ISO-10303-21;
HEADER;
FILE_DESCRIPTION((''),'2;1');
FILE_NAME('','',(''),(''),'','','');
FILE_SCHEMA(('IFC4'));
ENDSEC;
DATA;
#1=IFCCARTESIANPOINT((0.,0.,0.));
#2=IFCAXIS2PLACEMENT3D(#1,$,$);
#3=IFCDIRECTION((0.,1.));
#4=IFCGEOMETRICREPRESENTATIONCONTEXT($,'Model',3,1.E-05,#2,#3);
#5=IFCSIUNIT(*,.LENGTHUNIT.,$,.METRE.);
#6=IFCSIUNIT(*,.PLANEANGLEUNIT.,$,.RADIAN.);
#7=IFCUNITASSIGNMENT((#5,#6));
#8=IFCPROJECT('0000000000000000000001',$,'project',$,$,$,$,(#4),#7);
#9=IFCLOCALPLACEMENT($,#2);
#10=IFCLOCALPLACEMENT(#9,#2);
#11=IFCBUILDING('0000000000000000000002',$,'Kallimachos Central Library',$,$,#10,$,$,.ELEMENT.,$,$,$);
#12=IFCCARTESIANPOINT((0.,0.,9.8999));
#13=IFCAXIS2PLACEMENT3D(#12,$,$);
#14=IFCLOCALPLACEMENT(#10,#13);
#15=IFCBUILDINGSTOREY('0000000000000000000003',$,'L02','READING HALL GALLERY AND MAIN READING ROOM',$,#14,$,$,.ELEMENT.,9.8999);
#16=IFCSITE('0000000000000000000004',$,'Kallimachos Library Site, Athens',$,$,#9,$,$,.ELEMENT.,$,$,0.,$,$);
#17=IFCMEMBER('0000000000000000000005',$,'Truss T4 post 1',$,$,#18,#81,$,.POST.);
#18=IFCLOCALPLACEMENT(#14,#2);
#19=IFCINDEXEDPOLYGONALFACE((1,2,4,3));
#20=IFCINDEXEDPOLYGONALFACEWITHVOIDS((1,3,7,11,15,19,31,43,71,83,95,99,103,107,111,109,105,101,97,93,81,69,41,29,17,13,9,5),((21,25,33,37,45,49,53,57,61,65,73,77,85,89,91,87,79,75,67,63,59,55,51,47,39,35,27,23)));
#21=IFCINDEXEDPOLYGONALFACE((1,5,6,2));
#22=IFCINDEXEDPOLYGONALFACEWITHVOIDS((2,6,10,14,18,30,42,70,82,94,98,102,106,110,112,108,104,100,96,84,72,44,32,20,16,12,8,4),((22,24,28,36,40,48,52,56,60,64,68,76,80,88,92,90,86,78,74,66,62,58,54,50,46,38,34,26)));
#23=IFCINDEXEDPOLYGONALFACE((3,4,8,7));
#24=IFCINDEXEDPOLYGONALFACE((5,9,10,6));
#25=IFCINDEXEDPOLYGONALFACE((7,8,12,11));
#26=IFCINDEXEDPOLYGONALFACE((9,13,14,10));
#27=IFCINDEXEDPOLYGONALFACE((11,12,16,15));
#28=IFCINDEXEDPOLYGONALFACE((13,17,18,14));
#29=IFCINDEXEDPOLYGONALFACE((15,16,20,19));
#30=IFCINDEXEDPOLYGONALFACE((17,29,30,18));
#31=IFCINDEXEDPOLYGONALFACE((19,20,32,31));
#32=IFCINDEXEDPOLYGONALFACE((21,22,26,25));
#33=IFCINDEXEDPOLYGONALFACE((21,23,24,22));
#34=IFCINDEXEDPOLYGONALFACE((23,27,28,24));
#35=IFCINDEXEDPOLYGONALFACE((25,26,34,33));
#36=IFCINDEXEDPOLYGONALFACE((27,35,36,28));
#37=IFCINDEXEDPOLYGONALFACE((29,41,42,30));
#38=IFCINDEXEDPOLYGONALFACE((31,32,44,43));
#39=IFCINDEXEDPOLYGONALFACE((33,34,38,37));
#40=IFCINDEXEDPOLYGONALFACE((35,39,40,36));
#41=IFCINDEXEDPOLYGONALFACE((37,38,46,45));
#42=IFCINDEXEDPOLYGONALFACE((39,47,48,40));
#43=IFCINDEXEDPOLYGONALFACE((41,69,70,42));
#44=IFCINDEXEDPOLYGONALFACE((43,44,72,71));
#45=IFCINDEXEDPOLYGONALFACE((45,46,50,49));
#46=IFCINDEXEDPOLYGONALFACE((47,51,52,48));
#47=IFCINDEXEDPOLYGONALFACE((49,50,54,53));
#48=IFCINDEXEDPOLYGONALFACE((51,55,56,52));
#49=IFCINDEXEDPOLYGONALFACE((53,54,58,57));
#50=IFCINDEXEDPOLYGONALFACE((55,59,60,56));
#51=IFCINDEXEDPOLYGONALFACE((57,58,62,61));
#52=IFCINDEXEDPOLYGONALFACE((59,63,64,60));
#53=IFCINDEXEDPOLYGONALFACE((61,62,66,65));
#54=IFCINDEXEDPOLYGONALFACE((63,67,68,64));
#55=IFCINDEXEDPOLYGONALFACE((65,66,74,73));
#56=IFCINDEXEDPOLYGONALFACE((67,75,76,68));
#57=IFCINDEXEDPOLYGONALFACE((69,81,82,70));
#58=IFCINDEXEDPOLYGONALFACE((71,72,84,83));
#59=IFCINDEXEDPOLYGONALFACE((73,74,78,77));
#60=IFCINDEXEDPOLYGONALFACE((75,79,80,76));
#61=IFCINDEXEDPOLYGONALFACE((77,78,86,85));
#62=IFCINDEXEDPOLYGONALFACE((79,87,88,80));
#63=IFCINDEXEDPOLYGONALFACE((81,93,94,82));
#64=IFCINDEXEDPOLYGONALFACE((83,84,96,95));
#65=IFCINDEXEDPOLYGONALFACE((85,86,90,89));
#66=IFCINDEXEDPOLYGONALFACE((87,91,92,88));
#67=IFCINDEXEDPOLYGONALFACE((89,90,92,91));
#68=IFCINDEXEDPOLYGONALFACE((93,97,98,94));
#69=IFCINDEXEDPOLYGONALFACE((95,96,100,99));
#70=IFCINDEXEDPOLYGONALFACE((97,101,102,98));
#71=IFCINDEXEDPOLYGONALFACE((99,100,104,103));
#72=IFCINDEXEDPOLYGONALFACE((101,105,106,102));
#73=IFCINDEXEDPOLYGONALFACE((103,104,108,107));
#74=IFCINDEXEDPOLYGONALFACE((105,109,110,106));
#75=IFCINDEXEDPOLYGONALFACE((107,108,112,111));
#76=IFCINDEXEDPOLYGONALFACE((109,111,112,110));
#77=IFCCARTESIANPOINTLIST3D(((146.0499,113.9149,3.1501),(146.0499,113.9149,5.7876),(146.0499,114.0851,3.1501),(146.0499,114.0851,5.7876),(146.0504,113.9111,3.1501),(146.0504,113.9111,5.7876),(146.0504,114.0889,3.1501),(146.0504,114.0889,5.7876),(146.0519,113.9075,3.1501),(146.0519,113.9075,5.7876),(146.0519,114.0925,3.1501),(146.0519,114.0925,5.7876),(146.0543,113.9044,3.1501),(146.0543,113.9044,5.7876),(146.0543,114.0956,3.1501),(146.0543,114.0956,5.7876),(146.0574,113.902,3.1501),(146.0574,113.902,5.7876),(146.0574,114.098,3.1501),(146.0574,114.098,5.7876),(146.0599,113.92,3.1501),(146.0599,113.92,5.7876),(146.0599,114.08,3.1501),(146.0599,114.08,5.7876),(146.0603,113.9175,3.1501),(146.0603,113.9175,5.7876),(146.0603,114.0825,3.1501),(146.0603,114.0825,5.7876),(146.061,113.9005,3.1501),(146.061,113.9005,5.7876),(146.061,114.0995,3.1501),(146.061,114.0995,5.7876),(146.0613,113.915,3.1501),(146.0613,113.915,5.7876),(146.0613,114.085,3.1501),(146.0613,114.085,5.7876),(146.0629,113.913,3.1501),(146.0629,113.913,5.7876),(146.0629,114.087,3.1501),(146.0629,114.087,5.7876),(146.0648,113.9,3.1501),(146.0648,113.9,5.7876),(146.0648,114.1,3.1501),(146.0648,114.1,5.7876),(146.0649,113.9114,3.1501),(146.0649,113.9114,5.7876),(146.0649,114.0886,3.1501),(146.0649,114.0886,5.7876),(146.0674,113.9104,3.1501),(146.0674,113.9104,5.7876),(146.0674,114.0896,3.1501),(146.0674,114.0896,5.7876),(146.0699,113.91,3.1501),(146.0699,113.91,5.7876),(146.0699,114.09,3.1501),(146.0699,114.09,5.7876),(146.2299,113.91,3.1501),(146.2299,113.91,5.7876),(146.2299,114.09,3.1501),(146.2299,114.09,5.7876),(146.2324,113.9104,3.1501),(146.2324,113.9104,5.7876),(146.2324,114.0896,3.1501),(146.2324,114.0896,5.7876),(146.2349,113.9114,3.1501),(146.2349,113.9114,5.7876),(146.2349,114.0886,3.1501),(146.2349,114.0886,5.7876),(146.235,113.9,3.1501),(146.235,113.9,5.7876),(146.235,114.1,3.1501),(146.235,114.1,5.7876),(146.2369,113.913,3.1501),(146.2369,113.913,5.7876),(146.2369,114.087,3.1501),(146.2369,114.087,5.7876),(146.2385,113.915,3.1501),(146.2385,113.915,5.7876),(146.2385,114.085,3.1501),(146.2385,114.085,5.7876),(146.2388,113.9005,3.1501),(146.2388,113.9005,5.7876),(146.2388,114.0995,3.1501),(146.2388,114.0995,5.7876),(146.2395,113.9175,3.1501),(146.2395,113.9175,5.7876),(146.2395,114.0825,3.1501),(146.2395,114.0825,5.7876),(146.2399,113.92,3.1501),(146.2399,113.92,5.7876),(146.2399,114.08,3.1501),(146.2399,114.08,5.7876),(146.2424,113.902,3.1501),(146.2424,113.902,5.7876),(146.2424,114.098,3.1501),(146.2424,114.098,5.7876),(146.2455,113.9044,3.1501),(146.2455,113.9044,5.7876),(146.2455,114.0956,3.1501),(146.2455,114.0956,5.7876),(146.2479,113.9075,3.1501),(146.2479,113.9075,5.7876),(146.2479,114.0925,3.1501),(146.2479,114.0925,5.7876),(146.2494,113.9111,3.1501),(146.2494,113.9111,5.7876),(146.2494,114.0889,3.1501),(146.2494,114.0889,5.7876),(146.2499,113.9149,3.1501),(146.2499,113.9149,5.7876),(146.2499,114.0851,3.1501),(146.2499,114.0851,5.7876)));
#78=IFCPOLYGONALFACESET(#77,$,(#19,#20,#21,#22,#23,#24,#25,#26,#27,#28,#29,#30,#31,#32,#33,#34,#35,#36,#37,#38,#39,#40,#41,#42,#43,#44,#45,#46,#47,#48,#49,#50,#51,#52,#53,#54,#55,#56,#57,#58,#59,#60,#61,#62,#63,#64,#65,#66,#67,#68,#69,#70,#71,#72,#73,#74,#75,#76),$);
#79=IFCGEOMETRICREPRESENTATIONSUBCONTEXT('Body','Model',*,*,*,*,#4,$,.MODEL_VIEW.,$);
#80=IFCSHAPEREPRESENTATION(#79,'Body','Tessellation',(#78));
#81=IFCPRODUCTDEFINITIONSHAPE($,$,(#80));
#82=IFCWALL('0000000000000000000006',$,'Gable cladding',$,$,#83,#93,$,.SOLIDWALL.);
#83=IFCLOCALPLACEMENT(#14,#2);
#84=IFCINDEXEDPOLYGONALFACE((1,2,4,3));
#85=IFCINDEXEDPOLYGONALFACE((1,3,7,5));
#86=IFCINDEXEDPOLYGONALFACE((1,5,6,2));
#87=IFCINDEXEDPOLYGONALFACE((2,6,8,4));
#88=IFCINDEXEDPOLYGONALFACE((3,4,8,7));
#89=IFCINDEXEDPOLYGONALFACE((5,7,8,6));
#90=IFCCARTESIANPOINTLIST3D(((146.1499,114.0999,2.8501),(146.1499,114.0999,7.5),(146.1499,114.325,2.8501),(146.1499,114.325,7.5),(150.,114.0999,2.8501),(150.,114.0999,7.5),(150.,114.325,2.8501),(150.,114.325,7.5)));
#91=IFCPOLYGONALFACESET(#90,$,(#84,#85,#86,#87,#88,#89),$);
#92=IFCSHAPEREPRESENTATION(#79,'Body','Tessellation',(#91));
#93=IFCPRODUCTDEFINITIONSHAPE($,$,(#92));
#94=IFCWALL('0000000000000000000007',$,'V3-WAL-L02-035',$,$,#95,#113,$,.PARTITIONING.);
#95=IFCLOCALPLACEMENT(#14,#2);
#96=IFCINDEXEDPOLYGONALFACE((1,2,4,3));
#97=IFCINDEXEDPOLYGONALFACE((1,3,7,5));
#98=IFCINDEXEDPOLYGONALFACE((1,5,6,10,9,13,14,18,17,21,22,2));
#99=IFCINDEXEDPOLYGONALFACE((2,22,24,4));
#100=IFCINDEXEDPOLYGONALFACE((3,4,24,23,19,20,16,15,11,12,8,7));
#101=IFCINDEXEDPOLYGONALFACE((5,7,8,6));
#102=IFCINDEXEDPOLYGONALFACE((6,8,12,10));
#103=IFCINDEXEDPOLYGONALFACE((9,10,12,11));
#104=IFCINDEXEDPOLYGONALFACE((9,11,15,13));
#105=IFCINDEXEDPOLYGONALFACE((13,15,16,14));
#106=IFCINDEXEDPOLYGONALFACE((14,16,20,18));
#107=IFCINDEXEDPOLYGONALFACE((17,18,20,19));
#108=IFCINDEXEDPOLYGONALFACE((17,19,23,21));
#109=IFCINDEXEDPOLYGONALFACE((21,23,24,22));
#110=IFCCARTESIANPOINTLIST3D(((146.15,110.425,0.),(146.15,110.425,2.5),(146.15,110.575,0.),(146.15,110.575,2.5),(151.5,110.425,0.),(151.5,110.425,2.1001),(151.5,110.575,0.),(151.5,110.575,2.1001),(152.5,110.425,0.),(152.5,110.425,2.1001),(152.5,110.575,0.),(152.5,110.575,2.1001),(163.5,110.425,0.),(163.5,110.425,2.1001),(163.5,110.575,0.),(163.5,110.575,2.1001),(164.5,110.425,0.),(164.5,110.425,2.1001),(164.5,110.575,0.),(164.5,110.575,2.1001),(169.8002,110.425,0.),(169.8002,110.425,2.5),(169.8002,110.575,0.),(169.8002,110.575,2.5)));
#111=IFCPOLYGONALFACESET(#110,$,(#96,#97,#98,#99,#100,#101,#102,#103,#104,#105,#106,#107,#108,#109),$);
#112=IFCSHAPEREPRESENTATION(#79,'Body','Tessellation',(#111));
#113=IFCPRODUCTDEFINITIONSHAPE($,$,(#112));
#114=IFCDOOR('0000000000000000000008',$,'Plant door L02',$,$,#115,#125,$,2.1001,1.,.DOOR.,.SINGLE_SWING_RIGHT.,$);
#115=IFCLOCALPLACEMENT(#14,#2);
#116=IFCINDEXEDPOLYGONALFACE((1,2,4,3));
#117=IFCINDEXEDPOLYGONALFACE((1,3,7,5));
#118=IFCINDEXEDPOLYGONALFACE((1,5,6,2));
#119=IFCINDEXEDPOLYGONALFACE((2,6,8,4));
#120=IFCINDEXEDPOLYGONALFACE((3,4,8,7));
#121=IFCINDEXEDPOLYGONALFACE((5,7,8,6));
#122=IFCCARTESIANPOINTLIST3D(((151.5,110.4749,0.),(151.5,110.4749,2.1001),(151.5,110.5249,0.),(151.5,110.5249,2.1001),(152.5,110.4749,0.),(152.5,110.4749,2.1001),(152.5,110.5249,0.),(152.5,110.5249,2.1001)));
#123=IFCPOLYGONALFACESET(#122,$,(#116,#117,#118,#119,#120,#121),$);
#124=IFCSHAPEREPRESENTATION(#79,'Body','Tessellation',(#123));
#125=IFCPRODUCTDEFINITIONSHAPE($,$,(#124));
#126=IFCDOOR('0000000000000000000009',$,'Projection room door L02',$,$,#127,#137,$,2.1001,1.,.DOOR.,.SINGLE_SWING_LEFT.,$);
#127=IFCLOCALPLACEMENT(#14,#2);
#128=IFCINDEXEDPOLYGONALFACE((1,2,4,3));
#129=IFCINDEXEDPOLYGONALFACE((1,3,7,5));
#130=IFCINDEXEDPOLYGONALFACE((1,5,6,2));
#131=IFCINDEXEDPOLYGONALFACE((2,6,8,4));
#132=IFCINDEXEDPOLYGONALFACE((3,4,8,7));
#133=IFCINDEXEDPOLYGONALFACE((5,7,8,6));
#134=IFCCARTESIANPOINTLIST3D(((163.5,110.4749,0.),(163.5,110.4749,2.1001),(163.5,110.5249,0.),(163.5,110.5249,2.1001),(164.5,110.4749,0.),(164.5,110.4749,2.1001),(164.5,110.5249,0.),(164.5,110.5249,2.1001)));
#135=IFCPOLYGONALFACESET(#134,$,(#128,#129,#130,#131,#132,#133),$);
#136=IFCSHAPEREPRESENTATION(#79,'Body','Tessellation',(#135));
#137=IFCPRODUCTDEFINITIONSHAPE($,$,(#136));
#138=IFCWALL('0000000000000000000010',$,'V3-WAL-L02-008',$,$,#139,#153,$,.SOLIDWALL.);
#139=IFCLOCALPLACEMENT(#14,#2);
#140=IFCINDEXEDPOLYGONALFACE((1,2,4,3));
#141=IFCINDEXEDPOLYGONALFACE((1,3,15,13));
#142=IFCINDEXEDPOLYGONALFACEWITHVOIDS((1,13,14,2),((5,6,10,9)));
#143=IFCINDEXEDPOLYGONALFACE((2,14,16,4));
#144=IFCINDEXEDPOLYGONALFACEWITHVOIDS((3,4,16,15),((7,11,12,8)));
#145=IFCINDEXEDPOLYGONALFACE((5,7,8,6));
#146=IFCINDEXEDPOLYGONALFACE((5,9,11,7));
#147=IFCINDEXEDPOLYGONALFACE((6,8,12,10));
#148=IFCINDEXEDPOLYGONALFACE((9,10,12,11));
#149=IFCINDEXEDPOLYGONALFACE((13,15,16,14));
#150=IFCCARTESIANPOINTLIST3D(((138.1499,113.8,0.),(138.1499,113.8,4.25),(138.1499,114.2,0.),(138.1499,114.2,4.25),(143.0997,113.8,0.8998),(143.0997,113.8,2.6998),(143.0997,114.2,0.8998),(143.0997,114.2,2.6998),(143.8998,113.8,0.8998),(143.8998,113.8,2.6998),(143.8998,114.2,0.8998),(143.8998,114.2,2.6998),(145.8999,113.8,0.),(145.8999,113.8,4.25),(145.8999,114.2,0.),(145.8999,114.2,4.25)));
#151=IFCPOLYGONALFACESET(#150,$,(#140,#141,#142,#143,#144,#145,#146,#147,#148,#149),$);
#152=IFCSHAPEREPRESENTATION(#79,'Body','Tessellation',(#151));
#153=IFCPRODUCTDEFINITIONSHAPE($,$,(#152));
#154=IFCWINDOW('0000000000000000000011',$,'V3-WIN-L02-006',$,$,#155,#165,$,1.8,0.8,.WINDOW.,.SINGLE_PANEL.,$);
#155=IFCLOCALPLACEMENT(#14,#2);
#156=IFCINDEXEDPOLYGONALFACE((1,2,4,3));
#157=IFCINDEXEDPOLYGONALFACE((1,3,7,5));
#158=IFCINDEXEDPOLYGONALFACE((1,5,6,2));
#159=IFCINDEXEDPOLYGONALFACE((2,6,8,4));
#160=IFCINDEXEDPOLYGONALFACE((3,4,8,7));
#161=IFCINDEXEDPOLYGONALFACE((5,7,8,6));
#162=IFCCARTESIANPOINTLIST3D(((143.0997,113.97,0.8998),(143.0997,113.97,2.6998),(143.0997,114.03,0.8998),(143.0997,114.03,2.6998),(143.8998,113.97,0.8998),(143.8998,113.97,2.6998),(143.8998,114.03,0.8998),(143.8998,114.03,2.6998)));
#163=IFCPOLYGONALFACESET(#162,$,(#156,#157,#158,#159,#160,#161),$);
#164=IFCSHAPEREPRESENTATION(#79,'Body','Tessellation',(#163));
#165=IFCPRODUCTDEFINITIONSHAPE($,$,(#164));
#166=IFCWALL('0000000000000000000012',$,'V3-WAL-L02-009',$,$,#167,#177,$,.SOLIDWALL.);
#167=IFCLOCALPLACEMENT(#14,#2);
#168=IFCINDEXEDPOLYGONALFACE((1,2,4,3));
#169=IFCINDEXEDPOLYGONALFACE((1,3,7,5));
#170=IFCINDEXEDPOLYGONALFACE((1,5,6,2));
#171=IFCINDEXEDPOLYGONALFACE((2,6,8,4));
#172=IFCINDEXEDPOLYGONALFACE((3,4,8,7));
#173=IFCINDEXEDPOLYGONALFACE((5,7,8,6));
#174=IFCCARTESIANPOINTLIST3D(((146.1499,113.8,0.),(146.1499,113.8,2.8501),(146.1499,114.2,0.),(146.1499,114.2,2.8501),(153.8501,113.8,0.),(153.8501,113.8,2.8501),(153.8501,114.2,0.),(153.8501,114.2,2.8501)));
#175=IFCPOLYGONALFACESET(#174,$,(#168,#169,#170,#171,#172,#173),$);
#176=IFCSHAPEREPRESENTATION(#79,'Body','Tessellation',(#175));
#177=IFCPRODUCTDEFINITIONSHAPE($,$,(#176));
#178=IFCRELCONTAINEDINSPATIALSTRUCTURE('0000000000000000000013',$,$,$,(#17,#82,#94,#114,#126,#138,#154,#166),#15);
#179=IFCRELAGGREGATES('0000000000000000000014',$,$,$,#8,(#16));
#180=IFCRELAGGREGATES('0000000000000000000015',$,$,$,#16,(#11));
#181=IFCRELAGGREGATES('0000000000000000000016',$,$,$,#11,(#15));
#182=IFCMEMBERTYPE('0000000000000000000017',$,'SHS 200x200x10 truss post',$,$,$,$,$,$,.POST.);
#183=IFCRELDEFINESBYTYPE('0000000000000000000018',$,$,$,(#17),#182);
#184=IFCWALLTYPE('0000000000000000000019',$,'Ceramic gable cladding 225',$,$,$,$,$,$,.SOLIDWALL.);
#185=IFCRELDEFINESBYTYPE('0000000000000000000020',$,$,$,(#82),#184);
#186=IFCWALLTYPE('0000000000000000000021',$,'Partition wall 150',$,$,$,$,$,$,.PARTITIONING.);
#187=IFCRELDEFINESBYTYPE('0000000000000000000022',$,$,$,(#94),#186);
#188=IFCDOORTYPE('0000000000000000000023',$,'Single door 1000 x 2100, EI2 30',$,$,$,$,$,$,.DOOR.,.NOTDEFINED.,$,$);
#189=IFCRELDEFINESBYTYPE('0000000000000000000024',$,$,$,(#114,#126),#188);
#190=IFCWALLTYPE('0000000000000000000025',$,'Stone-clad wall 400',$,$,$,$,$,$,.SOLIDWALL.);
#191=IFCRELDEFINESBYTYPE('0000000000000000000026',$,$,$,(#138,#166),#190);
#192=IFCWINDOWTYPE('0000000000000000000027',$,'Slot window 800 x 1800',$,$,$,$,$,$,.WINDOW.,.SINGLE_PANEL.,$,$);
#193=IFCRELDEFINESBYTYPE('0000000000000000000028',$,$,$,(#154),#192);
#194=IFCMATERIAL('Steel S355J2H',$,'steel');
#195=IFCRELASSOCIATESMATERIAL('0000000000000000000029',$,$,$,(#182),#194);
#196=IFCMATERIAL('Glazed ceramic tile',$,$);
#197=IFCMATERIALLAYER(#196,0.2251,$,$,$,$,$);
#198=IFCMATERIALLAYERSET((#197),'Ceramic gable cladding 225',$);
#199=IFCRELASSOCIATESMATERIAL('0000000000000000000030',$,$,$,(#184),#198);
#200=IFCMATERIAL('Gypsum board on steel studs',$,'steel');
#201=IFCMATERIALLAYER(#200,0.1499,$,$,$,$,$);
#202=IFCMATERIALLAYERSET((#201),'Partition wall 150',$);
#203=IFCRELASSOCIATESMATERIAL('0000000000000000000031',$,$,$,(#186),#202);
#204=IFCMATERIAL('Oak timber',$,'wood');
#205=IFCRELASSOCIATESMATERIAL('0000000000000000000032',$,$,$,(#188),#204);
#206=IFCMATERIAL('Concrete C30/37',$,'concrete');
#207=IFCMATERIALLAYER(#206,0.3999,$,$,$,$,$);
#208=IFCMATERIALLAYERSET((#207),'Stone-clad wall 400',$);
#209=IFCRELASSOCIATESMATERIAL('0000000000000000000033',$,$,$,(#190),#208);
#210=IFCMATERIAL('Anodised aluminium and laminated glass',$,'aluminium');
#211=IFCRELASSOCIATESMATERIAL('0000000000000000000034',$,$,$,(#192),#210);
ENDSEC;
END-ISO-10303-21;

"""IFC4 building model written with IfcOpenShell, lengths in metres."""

from ifc_helpers import new_model, si_unit, direction, frame, frame_2d, origin, origin_2d, place, context, subcontext, project, spatial, rectangle, hollow_rectangle, extrude, material, layer, layer_set, material_profile, profile_set, type_object, element, fill, save


model = new_model("IFC4")

# Units and contexts
model_context = context("Model", 3, precision=1e-05, world=origin(), true_north=direction((0.0, 1.0)))
body_context = subcontext(model_context, "Body", "Model", "MODEL_VIEW")
ifc_project = project(units=[si_unit("LENGTHUNIT", "METRE"), si_unit("PLANEANGLEUNIT", "RADIAN")], contexts=[model_context])

# Site, building, storey
site_placement = place(None, origin())
site = spatial("IfcSite", under=ifc_project, at=site_placement, Name="Kallimachos Library Site, Athens", CompositionType="ELEMENT", RefElevation=0.0)
building_placement = place(site_placement, origin())
building = spatial("IfcBuilding", under=site, at=building_placement, Name="Kallimachos Central Library", CompositionType="ELEMENT")
storey_placement = place(building_placement, frame((0.0, 0.0, 9.8999)))
storey = spatial("IfcBuildingStorey", under=building, at=storey_placement, Name="L02", Description="READING HALL GALLERY AND MAIN READING ROOM", CompositionType="ELEMENT", Elevation=9.8999)

# Member
ifc_material_1 = material(Name="Steel S355J2H", Category="steel")
ifc_material_profile_1 = material_profile(ifc_material_1, hollow_rectangle(XDim=0.2, YDim=0.2, WallThickness=0.01, InnerFilletRadius=0.01, OuterFilletRadius=0.0149, at=origin_2d()), Name="SHS 200x200x10")
ifc_profile_set_1 = profile_set([ifc_material_profile_1], Name="Steel S355J2H")
member_type_1 = type_object("IfcMemberType", Name="SHS 200x200x10 truss post", PredefinedType="POST", material=ifc_profile_set_1)
member_1_placement = place(storey_placement, frame((146.1499, 114.0, 3.1501), z_axis=(0.0, 0.0, 1.0), x_axis=(1.0, 0.0, 0.0)))
element("IfcMember", 1, at=member_1_placement, inside=storey, type_object=member_type_1, Name="Truss T4 post 1", PredefinedType="POST", context=body_context, shape_type="SweptSolid", body=[
    extrude(hollow_rectangle(XDim=0.2, YDim=0.2, WallThickness=0.01, InnerFilletRadius=0.01, OuterFilletRadius=0.0149, at=origin_2d()), origin(), (0.0, 0.0, 1.0), 2.6375),
])

# Wall
ifc_material_2 = material(Name="Glazed ceramic tile")
ifc_layer_1 = layer(ifc_material_2, 0.2251)
ifc_layer_set_1 = layer_set([ifc_layer_1], Name="Ceramic gable cladding 225")
wall_type_1 = type_object("IfcWallType", Name="Ceramic gable cladding 225", PredefinedType="SOLIDWALL", material=ifc_layer_set_1)
wall_1_placement = place(storey_placement, frame((146.1499, 114.2124, 2.8501), z_axis=(0.0, 0.0, 1.0), x_axis=(1.0, 0.0, 0.0)))
element("IfcWall", 2, at=wall_1_placement, inside=storey, type_object=wall_type_1, Name="Gable cladding", PredefinedType="SOLIDWALL", context=body_context, shape_type="SweptSolid", body=[
    extrude(rectangle(XDim=3.8501, YDim=0.2251, at=frame_2d((1.925, 0.0))), origin(), (0.0, 0.0, 1.0), 4.6499),
])

# Wall, openings, doors
ifc_material_3 = material(Name="Gypsum board on steel studs", Category="steel")
ifc_layer_2 = layer(ifc_material_3, 0.1499)
ifc_layer_set_2 = layer_set([ifc_layer_2], Name="Partition wall 150")
wall_type_2 = type_object("IfcWallType", Name="Partition wall 150", PredefinedType="PARTITIONING", material=ifc_layer_set_2)
wall_2_placement = place(storey_placement, frame((146.1499, 110.5, 0.0), z_axis=(0.0, 0.0, 1.0), x_axis=(1.0, 0.0, 0.0)))
wall_2 = element("IfcWall", 3, at=wall_2_placement, inside=storey, type_object=wall_type_2, Name="V3-WAL-L02-035", PredefinedType="PARTITIONING", context=body_context, shape_type="SweptSolid", body=[
    extrude(rectangle(XDim=23.6501, YDim=0.1499, at=frame_2d((11.8252, 0.0))), origin(), (0.0, 0.0, 1.0), 2.5),
])
opening_1_placement = place(wall_2_placement, frame((5.3501, 0.0, 0.0)))
opening_1 = element("IfcOpeningElement", 4, at=opening_1_placement, cuts=wall_2, PredefinedType="OPENING", context=body_context, shape_type="SweptSolid", body=[
    extrude(rectangle(XDim=1.0, YDim=2.1001, at=frame_2d((0.5, 1.05))), frame((0.0, 0.085, 0.0), z_axis=(0.0, -1.0, 0.0), x_axis=(1.0, 0.0, 0.0)), (0.0, 0.0, 1.0), 0.1699),
])
opening_2_placement = place(wall_2_placement, frame((17.3501, 0.0, 0.0)))
opening_2 = element("IfcOpeningElement", 5, at=opening_2_placement, cuts=wall_2, PredefinedType="OPENING", context=body_context, shape_type="SweptSolid", body=[
    extrude(rectangle(XDim=1.0, YDim=2.1001, at=frame_2d((0.5, 1.05))), frame((0.0, 0.085, 0.0), z_axis=(0.0, -1.0, 0.0), x_axis=(1.0, 0.0, 0.0)), (0.0, 0.0, 1.0), 0.1699),
])
ifc_material_4 = material(Name="Oak timber", Category="wood")
door_type = type_object("IfcDoorType", Name="Single door 1000 x 2100, EI2 30", OperationType="NOTDEFINED", PredefinedType="DOOR", material=ifc_material_4)
door_1_placement = place(opening_1_placement, origin())
door_1 = element("IfcDoor", 6, at=door_1_placement, inside=storey, type_object=door_type, Name="Plant door L02", OperationType="SINGLE_SWING_RIGHT", OverallHeight=2.1001, OverallWidth=1.0, PredefinedType="DOOR", context=body_context, shape_type="SweptSolid", body=[
    extrude(rectangle(XDim=1.0, YDim=2.1001, at=frame_2d((0.5, 1.05))), frame((0.0, 0.0249, 0.0), z_axis=(0.0, -1.0, 0.0), x_axis=(1.0, 0.0, 0.0)), (0.0, 0.0, 1.0), 0.05),
])
fill(opening_1, door_1)
door_2_placement = place(opening_2_placement, origin())
door_2 = element("IfcDoor", 7, at=door_2_placement, inside=storey, type_object=door_type, Name="Projection room door L02", OperationType="SINGLE_SWING_LEFT", OverallHeight=2.1001, OverallWidth=1.0, PredefinedType="DOOR", context=body_context, shape_type="SweptSolid", body=[
    extrude(rectangle(XDim=1.0, YDim=2.1001, at=frame_2d((0.5, 1.05))), frame((0.0, 0.0249, 0.0), z_axis=(0.0, -1.0, 0.0), x_axis=(1.0, 0.0, 0.0)), (0.0, 0.0, 1.0), 0.05),
])
fill(opening_2, door_2)

# Wall, opening, window
ifc_material_5 = material(Name="Concrete C30/37", Category="concrete")
ifc_layer_3 = layer(ifc_material_5, 0.3999)
ifc_layer_set_3 = layer_set([ifc_layer_3], Name="Stone-clad wall 400")
wall_type_3 = type_object("IfcWallType", Name="Stone-clad wall 400", PredefinedType="SOLIDWALL", material=ifc_layer_set_3)
wall_3_placement = place(storey_placement, frame((138.1499, 114.0, 0.0), z_axis=(0.0, 0.0, 1.0), x_axis=(1.0, 0.0, 0.0)))
wall_3 = element("IfcWall", 8, at=wall_3_placement, inside=storey, type_object=wall_type_3, Name="V3-WAL-L02-008", PredefinedType="SOLIDWALL", context=body_context, shape_type="SweptSolid", body=[
    extrude(rectangle(XDim=7.75, YDim=0.3999, at=frame_2d((3.875, 0.0))), origin(), (0.0, 0.0, 1.0), 4.25),
])
opening_3_placement = place(wall_3_placement, frame((4.95, 0.0, 0.8999)))
opening_3 = element("IfcOpeningElement", 9, at=opening_3_placement, cuts=wall_3, PredefinedType="OPENING", context=body_context, shape_type="SweptSolid", body=[
    extrude(rectangle(XDim=0.8, YDim=1.8, at=frame_2d((0.3999, 0.8999))), frame((0.0, 0.21, 0.0), z_axis=(0.0, -1.0, 0.0), x_axis=(1.0, 0.0, 0.0)), (0.0, 0.0, 1.0), 0.4199),
])
ifc_material_6 = material(Name="Anodised aluminium and laminated glass", Category="aluminium")
window_type = type_object("IfcWindowType", Name="Slot window 800 x 1800", PartitioningType="SINGLE_PANEL", PredefinedType="WINDOW", material=ifc_material_6)
window_placement = place(opening_3_placement, origin())
window = element("IfcWindow", 10, at=window_placement, inside=storey, type_object=window_type, Name="V3-WIN-L02-006", OverallHeight=1.8, OverallWidth=0.8, PartitioningType="SINGLE_PANEL", PredefinedType="WINDOW", context=body_context, shape_type="SweptSolid", body=[
    extrude(rectangle(XDim=0.8, YDim=1.8, at=frame_2d((0.3999, 0.8999))), frame((0.0, 0.03, 0.0), z_axis=(0.0, -1.0, 0.0), x_axis=(1.0, 0.0, 0.0)), (0.0, 0.0, 1.0), 0.0601),
])
fill(opening_3, window)

# Wall
wall_4_placement = place(storey_placement, frame((146.1499, 114.0, 0.0), z_axis=(0.0, 0.0, 1.0), x_axis=(1.0, 0.0, 0.0)))
element("IfcWall", 11, at=wall_4_placement, inside=storey, type_object=wall_type_3, Name="V3-WAL-L02-009", PredefinedType="SOLIDWALL", context=body_context, shape_type="SweptSolid", body=[
    extrude(rectangle(XDim=7.7002, YDim=0.3999, at=frame_2d((3.8501, 0.0))), origin(), (0.0, 0.0, 1.0), 2.8501),
])

save(model, "model.ifc")
